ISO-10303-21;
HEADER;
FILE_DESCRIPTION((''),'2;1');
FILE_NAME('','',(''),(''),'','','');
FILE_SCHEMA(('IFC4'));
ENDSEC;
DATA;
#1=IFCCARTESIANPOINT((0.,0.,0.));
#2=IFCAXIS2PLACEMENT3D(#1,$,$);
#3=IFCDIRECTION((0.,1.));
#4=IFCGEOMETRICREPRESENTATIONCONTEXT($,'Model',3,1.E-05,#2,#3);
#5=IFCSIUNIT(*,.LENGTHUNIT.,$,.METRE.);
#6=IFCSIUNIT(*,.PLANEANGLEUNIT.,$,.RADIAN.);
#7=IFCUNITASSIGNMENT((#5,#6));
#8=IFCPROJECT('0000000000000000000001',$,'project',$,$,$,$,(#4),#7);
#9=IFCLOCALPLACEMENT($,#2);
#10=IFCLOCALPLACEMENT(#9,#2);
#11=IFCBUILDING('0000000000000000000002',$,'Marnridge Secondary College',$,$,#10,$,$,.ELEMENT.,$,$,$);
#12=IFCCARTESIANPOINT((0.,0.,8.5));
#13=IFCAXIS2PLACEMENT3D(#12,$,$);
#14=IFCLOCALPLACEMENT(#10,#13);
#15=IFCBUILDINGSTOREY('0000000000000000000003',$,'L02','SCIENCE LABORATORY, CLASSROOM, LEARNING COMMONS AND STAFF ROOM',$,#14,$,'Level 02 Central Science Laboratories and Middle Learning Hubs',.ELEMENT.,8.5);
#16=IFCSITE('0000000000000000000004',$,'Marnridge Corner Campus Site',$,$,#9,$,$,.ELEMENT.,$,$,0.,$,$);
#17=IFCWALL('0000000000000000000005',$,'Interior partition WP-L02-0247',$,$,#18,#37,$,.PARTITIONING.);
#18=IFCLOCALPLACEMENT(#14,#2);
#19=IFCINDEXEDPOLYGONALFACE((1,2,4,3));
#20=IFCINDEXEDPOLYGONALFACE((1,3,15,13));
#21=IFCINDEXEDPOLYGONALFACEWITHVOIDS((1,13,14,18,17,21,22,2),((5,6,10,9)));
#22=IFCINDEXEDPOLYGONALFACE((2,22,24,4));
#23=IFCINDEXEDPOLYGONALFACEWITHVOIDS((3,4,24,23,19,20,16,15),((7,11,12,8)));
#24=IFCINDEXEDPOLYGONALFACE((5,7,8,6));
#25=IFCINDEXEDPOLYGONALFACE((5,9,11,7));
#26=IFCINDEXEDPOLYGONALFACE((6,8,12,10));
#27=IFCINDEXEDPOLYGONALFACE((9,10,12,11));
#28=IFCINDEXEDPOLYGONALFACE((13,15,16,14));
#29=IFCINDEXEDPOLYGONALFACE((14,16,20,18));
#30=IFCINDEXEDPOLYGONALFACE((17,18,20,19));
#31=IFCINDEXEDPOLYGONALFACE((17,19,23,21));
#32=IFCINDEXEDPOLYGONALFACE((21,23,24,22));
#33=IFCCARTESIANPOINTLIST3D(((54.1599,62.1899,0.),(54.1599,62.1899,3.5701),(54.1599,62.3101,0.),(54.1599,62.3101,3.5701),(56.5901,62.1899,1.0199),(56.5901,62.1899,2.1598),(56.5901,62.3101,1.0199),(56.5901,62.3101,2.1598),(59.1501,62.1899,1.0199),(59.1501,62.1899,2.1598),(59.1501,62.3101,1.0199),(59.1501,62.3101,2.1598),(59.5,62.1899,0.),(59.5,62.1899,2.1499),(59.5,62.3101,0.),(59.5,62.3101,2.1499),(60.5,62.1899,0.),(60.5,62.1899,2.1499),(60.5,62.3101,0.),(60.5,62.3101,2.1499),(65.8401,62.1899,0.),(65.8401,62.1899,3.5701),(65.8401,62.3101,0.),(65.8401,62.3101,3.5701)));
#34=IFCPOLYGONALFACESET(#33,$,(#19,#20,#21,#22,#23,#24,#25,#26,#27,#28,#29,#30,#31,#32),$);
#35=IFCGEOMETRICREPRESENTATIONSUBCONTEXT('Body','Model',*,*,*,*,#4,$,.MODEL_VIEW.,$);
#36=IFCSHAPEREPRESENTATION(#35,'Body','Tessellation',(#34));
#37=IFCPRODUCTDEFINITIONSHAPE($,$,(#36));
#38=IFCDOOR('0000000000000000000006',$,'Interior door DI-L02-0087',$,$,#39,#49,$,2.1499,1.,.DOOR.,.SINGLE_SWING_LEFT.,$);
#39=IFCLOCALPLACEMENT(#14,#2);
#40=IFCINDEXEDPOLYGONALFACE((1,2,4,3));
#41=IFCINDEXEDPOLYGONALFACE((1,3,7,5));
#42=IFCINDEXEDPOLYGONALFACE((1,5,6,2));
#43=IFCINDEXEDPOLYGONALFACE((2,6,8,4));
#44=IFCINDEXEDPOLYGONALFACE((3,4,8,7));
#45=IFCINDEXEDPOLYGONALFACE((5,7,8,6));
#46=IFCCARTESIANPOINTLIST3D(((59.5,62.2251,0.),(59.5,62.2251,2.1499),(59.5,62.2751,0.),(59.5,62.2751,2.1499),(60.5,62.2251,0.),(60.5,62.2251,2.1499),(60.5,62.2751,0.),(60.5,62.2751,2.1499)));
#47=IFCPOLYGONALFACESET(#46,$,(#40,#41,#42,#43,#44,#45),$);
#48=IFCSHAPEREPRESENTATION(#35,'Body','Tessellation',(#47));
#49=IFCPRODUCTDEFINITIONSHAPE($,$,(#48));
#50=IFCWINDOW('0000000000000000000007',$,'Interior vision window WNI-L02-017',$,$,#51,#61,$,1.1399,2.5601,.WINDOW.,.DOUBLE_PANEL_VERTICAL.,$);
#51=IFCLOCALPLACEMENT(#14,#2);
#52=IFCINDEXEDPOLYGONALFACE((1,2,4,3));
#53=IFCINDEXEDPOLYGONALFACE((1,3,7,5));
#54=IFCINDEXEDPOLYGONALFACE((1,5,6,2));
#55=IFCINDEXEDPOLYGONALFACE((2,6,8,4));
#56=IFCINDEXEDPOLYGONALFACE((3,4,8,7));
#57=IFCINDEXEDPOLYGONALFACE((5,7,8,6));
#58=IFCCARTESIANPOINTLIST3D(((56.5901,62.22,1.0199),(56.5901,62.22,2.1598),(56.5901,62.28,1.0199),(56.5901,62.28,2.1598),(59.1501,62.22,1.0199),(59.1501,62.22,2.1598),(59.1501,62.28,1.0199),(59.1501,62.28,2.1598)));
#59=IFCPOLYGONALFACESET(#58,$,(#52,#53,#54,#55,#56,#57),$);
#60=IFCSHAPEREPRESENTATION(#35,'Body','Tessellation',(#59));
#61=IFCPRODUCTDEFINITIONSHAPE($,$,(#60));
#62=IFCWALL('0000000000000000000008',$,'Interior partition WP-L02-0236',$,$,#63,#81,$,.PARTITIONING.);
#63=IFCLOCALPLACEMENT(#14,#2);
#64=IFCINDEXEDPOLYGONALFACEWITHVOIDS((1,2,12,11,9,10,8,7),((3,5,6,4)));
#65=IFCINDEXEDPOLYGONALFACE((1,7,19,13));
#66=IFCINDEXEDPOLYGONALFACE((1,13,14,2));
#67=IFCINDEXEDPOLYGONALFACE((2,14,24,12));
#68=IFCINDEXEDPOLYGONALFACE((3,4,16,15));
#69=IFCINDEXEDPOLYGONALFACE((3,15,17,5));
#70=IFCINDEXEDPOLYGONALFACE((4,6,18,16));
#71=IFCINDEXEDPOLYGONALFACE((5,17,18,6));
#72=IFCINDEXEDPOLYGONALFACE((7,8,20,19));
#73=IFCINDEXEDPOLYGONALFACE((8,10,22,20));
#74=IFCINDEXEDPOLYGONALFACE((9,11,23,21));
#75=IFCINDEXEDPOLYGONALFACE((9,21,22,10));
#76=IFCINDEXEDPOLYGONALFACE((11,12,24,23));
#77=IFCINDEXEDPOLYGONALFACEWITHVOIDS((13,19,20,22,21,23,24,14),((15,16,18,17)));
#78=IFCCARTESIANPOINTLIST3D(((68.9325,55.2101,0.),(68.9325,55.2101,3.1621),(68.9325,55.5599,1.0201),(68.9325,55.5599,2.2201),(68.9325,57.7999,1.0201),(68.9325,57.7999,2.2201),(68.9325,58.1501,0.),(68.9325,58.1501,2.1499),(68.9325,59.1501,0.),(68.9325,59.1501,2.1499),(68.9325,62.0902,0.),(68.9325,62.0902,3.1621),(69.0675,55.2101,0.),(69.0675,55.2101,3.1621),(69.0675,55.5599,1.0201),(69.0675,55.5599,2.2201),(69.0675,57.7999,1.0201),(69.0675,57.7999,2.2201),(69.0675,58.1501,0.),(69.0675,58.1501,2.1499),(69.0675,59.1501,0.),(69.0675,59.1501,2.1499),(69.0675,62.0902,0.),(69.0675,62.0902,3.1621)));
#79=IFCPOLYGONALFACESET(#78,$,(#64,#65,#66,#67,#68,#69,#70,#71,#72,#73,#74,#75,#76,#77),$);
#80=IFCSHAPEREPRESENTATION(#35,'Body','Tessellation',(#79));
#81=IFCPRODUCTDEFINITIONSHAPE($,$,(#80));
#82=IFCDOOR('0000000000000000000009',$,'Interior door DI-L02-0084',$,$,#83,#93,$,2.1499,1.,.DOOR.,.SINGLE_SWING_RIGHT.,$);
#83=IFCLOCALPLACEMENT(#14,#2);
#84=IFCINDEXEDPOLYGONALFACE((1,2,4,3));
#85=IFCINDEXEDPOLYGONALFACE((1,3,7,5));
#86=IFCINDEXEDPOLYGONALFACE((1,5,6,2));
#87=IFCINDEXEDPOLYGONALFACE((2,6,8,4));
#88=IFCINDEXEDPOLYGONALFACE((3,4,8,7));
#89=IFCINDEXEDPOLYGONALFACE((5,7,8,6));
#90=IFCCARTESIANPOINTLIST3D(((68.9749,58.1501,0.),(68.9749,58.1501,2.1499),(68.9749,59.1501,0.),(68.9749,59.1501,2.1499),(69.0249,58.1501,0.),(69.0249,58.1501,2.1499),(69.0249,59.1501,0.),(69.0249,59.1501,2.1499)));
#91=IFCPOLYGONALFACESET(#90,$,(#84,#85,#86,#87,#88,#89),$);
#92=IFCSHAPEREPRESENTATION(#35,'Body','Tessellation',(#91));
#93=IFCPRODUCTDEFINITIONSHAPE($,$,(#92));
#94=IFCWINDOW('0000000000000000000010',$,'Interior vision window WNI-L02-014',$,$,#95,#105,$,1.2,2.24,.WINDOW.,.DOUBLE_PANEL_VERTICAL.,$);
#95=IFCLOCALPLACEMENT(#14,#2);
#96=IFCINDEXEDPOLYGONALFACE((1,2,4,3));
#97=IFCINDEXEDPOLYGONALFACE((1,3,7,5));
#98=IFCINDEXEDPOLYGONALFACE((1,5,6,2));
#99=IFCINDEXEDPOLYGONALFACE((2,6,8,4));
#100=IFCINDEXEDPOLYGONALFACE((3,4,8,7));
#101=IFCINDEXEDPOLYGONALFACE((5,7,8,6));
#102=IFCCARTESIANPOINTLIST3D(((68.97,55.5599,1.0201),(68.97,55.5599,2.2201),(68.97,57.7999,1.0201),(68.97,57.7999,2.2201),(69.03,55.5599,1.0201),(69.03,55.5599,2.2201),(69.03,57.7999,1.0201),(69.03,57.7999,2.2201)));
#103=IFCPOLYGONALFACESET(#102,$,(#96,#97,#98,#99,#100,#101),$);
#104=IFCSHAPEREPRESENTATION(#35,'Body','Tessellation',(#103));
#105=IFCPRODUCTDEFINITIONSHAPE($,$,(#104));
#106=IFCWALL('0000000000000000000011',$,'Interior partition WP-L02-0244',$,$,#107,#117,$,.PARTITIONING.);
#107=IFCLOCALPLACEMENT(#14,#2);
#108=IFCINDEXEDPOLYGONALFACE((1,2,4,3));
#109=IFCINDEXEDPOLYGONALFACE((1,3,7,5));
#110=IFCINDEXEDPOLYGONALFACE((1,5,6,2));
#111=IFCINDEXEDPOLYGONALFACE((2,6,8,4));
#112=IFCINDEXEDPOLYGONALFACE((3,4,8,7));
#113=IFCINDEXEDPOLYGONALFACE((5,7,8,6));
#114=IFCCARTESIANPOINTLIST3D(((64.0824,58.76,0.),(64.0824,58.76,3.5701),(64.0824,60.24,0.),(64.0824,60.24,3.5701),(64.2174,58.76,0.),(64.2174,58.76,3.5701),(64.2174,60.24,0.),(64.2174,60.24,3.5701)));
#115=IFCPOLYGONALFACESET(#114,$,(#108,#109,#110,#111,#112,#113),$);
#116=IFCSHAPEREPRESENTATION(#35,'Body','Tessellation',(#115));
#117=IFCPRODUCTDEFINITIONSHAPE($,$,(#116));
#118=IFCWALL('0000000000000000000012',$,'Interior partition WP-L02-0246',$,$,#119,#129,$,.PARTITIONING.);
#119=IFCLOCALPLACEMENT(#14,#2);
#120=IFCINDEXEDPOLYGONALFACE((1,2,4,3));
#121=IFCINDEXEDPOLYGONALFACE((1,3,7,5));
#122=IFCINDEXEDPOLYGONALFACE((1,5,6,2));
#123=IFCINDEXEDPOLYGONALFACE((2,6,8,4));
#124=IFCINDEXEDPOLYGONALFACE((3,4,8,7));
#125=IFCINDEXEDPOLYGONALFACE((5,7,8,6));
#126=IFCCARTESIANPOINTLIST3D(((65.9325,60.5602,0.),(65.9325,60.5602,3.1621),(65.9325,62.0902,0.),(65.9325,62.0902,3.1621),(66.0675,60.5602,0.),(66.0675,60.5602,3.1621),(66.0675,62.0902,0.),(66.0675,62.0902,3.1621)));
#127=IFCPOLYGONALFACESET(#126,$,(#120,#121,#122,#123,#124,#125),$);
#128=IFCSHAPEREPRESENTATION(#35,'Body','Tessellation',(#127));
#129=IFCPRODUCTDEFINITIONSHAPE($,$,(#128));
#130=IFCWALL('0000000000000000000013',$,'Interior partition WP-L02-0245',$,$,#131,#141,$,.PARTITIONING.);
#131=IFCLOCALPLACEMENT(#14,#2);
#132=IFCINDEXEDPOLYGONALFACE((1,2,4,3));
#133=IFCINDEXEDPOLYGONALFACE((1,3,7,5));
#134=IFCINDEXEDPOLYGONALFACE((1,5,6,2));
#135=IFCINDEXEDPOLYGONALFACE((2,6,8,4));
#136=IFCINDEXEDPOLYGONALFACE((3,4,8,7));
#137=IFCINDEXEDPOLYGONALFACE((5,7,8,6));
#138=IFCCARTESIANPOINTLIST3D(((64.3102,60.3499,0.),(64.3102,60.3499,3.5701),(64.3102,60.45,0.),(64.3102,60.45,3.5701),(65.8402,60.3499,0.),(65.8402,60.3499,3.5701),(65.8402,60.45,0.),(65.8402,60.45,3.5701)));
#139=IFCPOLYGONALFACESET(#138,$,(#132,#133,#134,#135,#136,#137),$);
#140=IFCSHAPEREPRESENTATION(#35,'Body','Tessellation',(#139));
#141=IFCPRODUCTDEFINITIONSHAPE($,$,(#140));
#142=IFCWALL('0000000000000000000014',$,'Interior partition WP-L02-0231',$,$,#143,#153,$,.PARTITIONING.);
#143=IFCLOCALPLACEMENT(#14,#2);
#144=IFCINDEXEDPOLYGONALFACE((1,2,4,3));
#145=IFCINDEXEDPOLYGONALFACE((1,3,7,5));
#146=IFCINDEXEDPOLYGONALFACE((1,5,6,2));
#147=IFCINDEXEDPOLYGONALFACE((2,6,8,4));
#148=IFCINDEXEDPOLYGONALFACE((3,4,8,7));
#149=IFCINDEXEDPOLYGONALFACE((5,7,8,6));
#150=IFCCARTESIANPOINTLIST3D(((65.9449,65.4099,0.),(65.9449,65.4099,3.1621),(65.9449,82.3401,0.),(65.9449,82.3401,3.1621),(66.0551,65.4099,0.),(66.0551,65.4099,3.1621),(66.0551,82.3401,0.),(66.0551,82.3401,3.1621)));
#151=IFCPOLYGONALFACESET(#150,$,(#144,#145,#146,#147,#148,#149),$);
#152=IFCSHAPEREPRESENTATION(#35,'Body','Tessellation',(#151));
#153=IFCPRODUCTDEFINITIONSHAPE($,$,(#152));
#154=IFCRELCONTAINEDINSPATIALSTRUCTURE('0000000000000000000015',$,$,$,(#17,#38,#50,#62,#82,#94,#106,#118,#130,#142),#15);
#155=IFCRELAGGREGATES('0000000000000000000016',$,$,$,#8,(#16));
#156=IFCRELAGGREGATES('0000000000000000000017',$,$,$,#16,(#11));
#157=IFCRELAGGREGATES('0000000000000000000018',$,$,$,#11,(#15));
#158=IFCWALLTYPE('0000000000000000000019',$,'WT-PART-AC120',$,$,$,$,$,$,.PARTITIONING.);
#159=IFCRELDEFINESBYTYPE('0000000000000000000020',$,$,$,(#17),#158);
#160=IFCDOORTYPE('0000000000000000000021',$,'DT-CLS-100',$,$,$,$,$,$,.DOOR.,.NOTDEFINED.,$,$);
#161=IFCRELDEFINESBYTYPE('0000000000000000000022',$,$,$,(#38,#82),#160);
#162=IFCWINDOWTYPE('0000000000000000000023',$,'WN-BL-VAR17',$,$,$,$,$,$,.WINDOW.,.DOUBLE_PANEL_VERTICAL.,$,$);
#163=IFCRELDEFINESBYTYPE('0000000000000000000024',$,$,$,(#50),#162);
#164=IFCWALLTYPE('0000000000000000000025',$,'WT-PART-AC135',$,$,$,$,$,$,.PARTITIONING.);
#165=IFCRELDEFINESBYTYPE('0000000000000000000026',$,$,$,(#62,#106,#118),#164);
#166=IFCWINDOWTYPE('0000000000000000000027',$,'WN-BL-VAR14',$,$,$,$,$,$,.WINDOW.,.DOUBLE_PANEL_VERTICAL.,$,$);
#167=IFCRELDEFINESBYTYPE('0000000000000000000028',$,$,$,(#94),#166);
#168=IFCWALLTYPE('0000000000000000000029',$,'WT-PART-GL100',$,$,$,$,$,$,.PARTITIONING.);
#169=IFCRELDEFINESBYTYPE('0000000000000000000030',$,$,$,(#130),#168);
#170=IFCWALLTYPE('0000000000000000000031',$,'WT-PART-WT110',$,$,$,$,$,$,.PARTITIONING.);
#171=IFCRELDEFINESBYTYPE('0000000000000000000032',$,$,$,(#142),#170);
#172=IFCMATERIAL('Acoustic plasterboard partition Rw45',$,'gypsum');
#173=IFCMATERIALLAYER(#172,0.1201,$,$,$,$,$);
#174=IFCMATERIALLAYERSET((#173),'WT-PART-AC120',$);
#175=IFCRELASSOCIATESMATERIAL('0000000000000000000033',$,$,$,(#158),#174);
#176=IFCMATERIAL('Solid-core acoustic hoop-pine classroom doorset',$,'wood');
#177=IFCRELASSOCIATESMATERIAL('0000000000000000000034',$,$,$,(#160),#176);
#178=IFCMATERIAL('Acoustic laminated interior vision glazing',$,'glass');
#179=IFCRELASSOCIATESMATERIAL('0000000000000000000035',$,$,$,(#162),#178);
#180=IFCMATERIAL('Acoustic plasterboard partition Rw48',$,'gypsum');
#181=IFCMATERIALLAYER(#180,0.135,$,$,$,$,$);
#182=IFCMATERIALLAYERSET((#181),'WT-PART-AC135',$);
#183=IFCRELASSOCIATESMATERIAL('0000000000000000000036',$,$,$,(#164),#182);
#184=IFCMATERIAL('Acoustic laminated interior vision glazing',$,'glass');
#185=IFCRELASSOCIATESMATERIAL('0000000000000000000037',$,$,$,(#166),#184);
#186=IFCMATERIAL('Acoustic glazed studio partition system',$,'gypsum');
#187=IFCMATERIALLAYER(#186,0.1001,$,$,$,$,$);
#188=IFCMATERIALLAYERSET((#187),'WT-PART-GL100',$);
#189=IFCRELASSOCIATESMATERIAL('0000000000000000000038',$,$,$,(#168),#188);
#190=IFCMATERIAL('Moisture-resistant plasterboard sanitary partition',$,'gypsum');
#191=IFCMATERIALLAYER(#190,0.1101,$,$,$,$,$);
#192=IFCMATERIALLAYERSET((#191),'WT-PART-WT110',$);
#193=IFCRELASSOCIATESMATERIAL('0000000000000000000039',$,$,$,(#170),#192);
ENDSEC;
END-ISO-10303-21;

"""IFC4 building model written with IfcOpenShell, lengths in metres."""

from ifc_helpers import new_model, si_unit, direction, frame, frame_2d, origin, place, context, subcontext, project, spatial, rectangle, extrude, material, layer, layer_set, type_object, element, fill, save


model = new_model("IFC4")

# Units and contexts
model_context = context("Model", 3, precision=1e-05, world=origin(), true_north=direction((0.0, 1.0)))
body_context = subcontext(model_context, "Body", "Model", "MODEL_VIEW")
ifc_project = project(units=[si_unit("LENGTHUNIT", "METRE"), si_unit("PLANEANGLEUNIT", "RADIAN")], contexts=[model_context])

# Site, building, storey
site_placement = place(None, origin())
site = spatial("IfcSite", under=ifc_project, at=site_placement, Name="Marnridge Corner Campus Site", CompositionType="ELEMENT", RefElevation=0.0)
building_placement = place(site_placement, origin())
building = spatial("IfcBuilding", under=site, at=building_placement, Name="Marnridge Secondary College", CompositionType="ELEMENT")
storey_placement = place(building_placement, frame((0.0, 0.0, 8.5)))
storey = spatial("IfcBuildingStorey", under=building, at=storey_placement, Name="L02", Description="SCIENCE LABORATORY, CLASSROOM, LEARNING COMMONS AND STAFF ROOM", LongName="Level 02 Central Science Laboratories and Middle Learning Hubs", CompositionType="ELEMENT", Elevation=8.5)

# Shared definitions
ifc_material_1 = material(Name="Acoustic plasterboard partition Rw45", Category="gypsum")
ifc_layer_1 = layer(ifc_material_1, 0.1201)
ifc_layer_set_1 = layer_set([ifc_layer_1], Name="WT-PART-AC120")
wall_type_1 = type_object("IfcWallType", Name="WT-PART-AC120", PredefinedType="PARTITIONING", material=ifc_layer_set_1)

# Walls, openings, doors, windows
wall_1_placement = place(storey_placement, frame((65.8401, 62.25, 0.0), z_axis=(0.0, 0.0, 1.0), x_axis=(-1.0, 0.0, 0.0)))
wall_1 = element("IfcWall", 1, at=wall_1_placement, inside=storey, type_object=wall_type_1, Name="Interior partition WP-L02-0247", PredefinedType="PARTITIONING", context=body_context, shape_type="SweptSolid", body=[
    extrude(rectangle(XDim=11.6802, YDim=0.1201, at=frame_2d((5.8401, 0.0))), origin(), (0.0, 0.0, 1.0), 3.5701),
])
opening_1_placement = place(wall_1_placement, frame((5.3401, 0.0, 0.0)))
opening_1 = element("IfcOpeningElement", 2, at=opening_1_placement, cuts=wall_1, PredefinedType="OPENING", context=body_context, shape_type="SweptSolid", body=[
    extrude(rectangle(XDim=1.0, YDim=2.1499, at=frame_2d((0.5, 1.075))), frame((0.0, 0.0701, 0.0), z_axis=(0.0, -1.0, 0.0), x_axis=(1.0, 0.0, 0.0)), (0.0, 0.0, 1.0), 0.1401),
])
opening_2_placement = place(wall_1_placement, frame((6.6899, 0.0, 1.02)))
opening_2 = element("IfcOpeningElement", 3, at=opening_2_placement, cuts=wall_1, PredefinedType="OPENING", context=body_context, shape_type="SweptSolid", body=[
    extrude(rectangle(XDim=2.5601, YDim=1.1399, at=frame_2d((1.28, 0.5698))), frame((0.0, 0.0701, 0.0), z_axis=(0.0, -1.0, 0.0), x_axis=(1.0, 0.0, 0.0)), (0.0, 0.0, 1.0), 0.1401),
])
ifc_material_2 = material(Name="Solid-core acoustic hoop-pine classroom doorset", Category="wood")
door_type_1 = type_object("IfcDoorType", Name="DT-CLS-100", OperationType="NOTDEFINED", PredefinedType="DOOR", material=ifc_material_2)
door_1_placement = place(opening_1_placement, origin())
door_1 = element("IfcDoor", 4, at=door_1_placement, inside=storey, type_object=door_type_1, Name="Interior door DI-L02-0087", OperationType="SINGLE_SWING_LEFT", OverallHeight=2.1499, OverallWidth=1.0, PredefinedType="DOOR", context=body_context, shape_type="SweptSolid", body=[
    extrude(rectangle(XDim=1.0, YDim=2.1499, at=frame_2d((0.5, 1.075))), frame((0.0, 0.0249, 0.0), z_axis=(0.0, -1.0, 0.0), x_axis=(1.0, 0.0, 0.0)), (0.0, 0.0, 1.0), 0.05),
])
fill(opening_1, door_1)
ifc_material_3 = material(Name="Acoustic laminated interior vision glazing", Category="glass")
window_type_1 = type_object("IfcWindowType", Name="WN-BL-VAR17", PartitioningType="DOUBLE_PANEL_VERTICAL", PredefinedType="WINDOW", material=ifc_material_3)
window_1_placement = place(opening_2_placement, origin())
window_1 = element("IfcWindow", 5, at=window_1_placement, inside=storey, type_object=window_type_1, Name="Interior vision window WNI-L02-017", OverallHeight=1.1399, OverallWidth=2.5601, PartitioningType="DOUBLE_PANEL_VERTICAL", PredefinedType="WINDOW", context=body_context, shape_type="SweptSolid", body=[
    extrude(rectangle(XDim=2.5601, YDim=1.1399, at=frame_2d((1.28, 0.5698))), frame((0.0, 0.03, 0.0), z_axis=(0.0, -1.0, 0.0), x_axis=(1.0, 0.0, 0.0)), (0.0, 0.0, 1.0), 0.0601),
])
fill(opening_2, window_1)
ifc_material_4 = material(Name="Acoustic plasterboard partition Rw48", Category="gypsum")
ifc_layer_2 = layer(ifc_material_4, 0.135)
ifc_layer_set_2 = layer_set([ifc_layer_2], Name="WT-PART-AC135")
wall_type_2 = type_object("IfcWallType", Name="WT-PART-AC135", PredefinedType="PARTITIONING", material=ifc_layer_set_2)
wall_2_placement = place(storey_placement, frame((69.0, 62.0901, 0.0), z_axis=(0.0, 0.0, 1.0), x_axis=(0.0, -1.0, 0.0)))
wall_2 = element("IfcWall", 6, at=wall_2_placement, inside=storey, type_object=wall_type_2, Name="Interior partition WP-L02-0236", PredefinedType="PARTITIONING", context=body_context, shape_type="SweptSolid", body=[
    extrude(rectangle(XDim=6.8801, YDim=0.135, at=frame_2d((3.4399, 0.0))), origin(), (0.0, 0.0, 1.0), 3.1621),
])
opening_3_placement = place(wall_2_placement, frame((2.9399, 0.0, 0.0)))
opening_3 = element("IfcOpeningElement", 7, at=opening_3_placement, cuts=wall_2, PredefinedType="OPENING", context=body_context, shape_type="SweptSolid", body=[
    extrude(rectangle(XDim=1.0, YDim=2.1499, at=frame_2d((0.5, 1.075))), frame((0.0, 0.0774, 0.0), z_axis=(0.0, -1.0, 0.0), x_axis=(1.0, 0.0, 0.0)), (0.0, 0.0, 1.0), 0.155),
])
opening_4_placement = place(wall_2_placement, frame((4.29, 0.0, 1.02)))
opening_4 = element("IfcOpeningElement", 8, at=opening_4_placement, cuts=wall_2, PredefinedType="OPENING", context=body_context, shape_type="SweptSolid", body=[
    extrude(rectangle(XDim=2.24, YDim=1.2, at=frame_2d((1.1201, 0.6001))), frame((0.0, 0.0774, 0.0), z_axis=(0.0, -1.0, 0.0), x_axis=(1.0, 0.0, 0.0)), (0.0, 0.0, 1.0), 0.155),
])
door_2_placement = place(opening_3_placement, origin())
door_2 = element("IfcDoor", 9, at=door_2_placement, inside=storey, type_object=door_type_1, Name="Interior door DI-L02-0084", OperationType="SINGLE_SWING_RIGHT", OverallHeight=2.1499, OverallWidth=1.0, PredefinedType="DOOR", context=body_context, shape_type="SweptSolid", body=[
    extrude(rectangle(XDim=1.0, YDim=2.1499, at=frame_2d((0.5, 1.075))), frame((0.0, 0.0249, 0.0), z_axis=(0.0, -1.0, 0.0), x_axis=(1.0, 0.0, 0.0)), (0.0, 0.0, 1.0), 0.05),
])
fill(opening_3, door_2)
ifc_material_5 = material(Name="Acoustic laminated interior vision glazing", Category="glass")
window_type_2 = type_object("IfcWindowType", Name="WN-BL-VAR14", PartitioningType="DOUBLE_PANEL_VERTICAL", PredefinedType="WINDOW", material=ifc_material_5)
window_2_placement = place(opening_4_placement, origin())
window_2 = element("IfcWindow", 10, at=window_2_placement, inside=storey, type_object=window_type_2, Name="Interior vision window WNI-L02-014", OverallHeight=1.2, OverallWidth=2.24, PartitioningType="DOUBLE_PANEL_VERTICAL", PredefinedType="WINDOW", context=body_context, shape_type="SweptSolid", body=[
    extrude(rectangle(XDim=2.24, YDim=1.2, at=frame_2d((1.1201, 0.6001))), frame((0.0, 0.03, 0.0), z_axis=(0.0, -1.0, 0.0), x_axis=(1.0, 0.0, 0.0)), (0.0, 0.0, 1.0), 0.0601),
])
fill(opening_4, window_2)

# Walls
wall_3_placement = place(storey_placement, frame((64.1499, 58.76, 0.0), z_axis=(0.0, 0.0, 1.0), x_axis=(0.0, 1.0, 0.0)))
element("IfcWall", 11, at=wall_3_placement, inside=storey, type_object=wall_type_2, Name="Interior partition WP-L02-0244", PredefinedType="PARTITIONING", context=body_context, shape_type="SweptSolid", body=[
    extrude(rectangle(XDim=1.48, YDim=0.135, at=frame_2d((0.74, 0.0))), origin(), (0.0, 0.0, 1.0), 3.5701),
])
wall_4_placement = place(storey_placement, frame((66.0, 60.5601, 0.0), z_axis=(0.0, 0.0, 1.0), x_axis=(0.0, 1.0, 0.0)))
element("IfcWall", 12, at=wall_4_placement, inside=storey, type_object=wall_type_2, Name="Interior partition WP-L02-0246", PredefinedType="PARTITIONING", context=body_context, shape_type="SweptSolid", body=[
    extrude(rectangle(XDim=1.53, YDim=0.135, at=frame_2d((0.7651, 0.0))), origin(), (0.0, 0.0, 1.0), 3.1621),
])
ifc_material_6 = material(Name="Acoustic glazed studio partition system", Category="gypsum")
ifc_layer_3 = layer(ifc_material_6, 0.1001)
ifc_layer_set_3 = layer_set([ifc_layer_3], Name="WT-PART-GL100")
wall_type_3 = type_object("IfcWallType", Name="WT-PART-GL100", PredefinedType="PARTITIONING", material=ifc_layer_set_3)
wall_5_placement = place(storey_placement, frame((64.3101, 60.3999, 0.0), z_axis=(0.0, 0.0, 1.0), x_axis=(1.0, 0.0, 0.0)))
element("IfcWall", 13, at=wall_5_placement, inside=storey, type_object=wall_type_3, Name="Interior partition WP-L02-0245", PredefinedType="PARTITIONING", context=body_context, shape_type="SweptSolid", body=[
    extrude(rectangle(XDim=1.53, YDim=0.1001, at=frame_2d((0.7651, 0.0))), origin(), (0.0, 0.0, 1.0), 3.5701),
])
ifc_material_7 = material(Name="Moisture-resistant plasterboard sanitary partition", Category="gypsum")
ifc_layer_4 = layer(ifc_material_7, 0.1101)
ifc_layer_set_4 = layer_set([ifc_layer_4], Name="WT-PART-WT110")
wall_type_4 = type_object("IfcWallType", Name="WT-PART-WT110", PredefinedType="PARTITIONING", material=ifc_layer_set_4)
wall_6_placement = place(storey_placement, frame((66.0, 65.4099, 0.0), z_axis=(0.0, 0.0, 1.0), x_axis=(0.0, 1.0, 0.0)))
element("IfcWall", 14, at=wall_6_placement, inside=storey, type_object=wall_type_4, Name="Interior partition WP-L02-0231", PredefinedType="PARTITIONING", context=body_context, shape_type="SweptSolid", body=[
    extrude(rectangle(XDim=16.9302, YDim=0.1101, at=frame_2d((8.4651, 0.0))), origin(), (0.0, 0.0, 1.0), 3.1621),
])

save(model, "model.ifc")
